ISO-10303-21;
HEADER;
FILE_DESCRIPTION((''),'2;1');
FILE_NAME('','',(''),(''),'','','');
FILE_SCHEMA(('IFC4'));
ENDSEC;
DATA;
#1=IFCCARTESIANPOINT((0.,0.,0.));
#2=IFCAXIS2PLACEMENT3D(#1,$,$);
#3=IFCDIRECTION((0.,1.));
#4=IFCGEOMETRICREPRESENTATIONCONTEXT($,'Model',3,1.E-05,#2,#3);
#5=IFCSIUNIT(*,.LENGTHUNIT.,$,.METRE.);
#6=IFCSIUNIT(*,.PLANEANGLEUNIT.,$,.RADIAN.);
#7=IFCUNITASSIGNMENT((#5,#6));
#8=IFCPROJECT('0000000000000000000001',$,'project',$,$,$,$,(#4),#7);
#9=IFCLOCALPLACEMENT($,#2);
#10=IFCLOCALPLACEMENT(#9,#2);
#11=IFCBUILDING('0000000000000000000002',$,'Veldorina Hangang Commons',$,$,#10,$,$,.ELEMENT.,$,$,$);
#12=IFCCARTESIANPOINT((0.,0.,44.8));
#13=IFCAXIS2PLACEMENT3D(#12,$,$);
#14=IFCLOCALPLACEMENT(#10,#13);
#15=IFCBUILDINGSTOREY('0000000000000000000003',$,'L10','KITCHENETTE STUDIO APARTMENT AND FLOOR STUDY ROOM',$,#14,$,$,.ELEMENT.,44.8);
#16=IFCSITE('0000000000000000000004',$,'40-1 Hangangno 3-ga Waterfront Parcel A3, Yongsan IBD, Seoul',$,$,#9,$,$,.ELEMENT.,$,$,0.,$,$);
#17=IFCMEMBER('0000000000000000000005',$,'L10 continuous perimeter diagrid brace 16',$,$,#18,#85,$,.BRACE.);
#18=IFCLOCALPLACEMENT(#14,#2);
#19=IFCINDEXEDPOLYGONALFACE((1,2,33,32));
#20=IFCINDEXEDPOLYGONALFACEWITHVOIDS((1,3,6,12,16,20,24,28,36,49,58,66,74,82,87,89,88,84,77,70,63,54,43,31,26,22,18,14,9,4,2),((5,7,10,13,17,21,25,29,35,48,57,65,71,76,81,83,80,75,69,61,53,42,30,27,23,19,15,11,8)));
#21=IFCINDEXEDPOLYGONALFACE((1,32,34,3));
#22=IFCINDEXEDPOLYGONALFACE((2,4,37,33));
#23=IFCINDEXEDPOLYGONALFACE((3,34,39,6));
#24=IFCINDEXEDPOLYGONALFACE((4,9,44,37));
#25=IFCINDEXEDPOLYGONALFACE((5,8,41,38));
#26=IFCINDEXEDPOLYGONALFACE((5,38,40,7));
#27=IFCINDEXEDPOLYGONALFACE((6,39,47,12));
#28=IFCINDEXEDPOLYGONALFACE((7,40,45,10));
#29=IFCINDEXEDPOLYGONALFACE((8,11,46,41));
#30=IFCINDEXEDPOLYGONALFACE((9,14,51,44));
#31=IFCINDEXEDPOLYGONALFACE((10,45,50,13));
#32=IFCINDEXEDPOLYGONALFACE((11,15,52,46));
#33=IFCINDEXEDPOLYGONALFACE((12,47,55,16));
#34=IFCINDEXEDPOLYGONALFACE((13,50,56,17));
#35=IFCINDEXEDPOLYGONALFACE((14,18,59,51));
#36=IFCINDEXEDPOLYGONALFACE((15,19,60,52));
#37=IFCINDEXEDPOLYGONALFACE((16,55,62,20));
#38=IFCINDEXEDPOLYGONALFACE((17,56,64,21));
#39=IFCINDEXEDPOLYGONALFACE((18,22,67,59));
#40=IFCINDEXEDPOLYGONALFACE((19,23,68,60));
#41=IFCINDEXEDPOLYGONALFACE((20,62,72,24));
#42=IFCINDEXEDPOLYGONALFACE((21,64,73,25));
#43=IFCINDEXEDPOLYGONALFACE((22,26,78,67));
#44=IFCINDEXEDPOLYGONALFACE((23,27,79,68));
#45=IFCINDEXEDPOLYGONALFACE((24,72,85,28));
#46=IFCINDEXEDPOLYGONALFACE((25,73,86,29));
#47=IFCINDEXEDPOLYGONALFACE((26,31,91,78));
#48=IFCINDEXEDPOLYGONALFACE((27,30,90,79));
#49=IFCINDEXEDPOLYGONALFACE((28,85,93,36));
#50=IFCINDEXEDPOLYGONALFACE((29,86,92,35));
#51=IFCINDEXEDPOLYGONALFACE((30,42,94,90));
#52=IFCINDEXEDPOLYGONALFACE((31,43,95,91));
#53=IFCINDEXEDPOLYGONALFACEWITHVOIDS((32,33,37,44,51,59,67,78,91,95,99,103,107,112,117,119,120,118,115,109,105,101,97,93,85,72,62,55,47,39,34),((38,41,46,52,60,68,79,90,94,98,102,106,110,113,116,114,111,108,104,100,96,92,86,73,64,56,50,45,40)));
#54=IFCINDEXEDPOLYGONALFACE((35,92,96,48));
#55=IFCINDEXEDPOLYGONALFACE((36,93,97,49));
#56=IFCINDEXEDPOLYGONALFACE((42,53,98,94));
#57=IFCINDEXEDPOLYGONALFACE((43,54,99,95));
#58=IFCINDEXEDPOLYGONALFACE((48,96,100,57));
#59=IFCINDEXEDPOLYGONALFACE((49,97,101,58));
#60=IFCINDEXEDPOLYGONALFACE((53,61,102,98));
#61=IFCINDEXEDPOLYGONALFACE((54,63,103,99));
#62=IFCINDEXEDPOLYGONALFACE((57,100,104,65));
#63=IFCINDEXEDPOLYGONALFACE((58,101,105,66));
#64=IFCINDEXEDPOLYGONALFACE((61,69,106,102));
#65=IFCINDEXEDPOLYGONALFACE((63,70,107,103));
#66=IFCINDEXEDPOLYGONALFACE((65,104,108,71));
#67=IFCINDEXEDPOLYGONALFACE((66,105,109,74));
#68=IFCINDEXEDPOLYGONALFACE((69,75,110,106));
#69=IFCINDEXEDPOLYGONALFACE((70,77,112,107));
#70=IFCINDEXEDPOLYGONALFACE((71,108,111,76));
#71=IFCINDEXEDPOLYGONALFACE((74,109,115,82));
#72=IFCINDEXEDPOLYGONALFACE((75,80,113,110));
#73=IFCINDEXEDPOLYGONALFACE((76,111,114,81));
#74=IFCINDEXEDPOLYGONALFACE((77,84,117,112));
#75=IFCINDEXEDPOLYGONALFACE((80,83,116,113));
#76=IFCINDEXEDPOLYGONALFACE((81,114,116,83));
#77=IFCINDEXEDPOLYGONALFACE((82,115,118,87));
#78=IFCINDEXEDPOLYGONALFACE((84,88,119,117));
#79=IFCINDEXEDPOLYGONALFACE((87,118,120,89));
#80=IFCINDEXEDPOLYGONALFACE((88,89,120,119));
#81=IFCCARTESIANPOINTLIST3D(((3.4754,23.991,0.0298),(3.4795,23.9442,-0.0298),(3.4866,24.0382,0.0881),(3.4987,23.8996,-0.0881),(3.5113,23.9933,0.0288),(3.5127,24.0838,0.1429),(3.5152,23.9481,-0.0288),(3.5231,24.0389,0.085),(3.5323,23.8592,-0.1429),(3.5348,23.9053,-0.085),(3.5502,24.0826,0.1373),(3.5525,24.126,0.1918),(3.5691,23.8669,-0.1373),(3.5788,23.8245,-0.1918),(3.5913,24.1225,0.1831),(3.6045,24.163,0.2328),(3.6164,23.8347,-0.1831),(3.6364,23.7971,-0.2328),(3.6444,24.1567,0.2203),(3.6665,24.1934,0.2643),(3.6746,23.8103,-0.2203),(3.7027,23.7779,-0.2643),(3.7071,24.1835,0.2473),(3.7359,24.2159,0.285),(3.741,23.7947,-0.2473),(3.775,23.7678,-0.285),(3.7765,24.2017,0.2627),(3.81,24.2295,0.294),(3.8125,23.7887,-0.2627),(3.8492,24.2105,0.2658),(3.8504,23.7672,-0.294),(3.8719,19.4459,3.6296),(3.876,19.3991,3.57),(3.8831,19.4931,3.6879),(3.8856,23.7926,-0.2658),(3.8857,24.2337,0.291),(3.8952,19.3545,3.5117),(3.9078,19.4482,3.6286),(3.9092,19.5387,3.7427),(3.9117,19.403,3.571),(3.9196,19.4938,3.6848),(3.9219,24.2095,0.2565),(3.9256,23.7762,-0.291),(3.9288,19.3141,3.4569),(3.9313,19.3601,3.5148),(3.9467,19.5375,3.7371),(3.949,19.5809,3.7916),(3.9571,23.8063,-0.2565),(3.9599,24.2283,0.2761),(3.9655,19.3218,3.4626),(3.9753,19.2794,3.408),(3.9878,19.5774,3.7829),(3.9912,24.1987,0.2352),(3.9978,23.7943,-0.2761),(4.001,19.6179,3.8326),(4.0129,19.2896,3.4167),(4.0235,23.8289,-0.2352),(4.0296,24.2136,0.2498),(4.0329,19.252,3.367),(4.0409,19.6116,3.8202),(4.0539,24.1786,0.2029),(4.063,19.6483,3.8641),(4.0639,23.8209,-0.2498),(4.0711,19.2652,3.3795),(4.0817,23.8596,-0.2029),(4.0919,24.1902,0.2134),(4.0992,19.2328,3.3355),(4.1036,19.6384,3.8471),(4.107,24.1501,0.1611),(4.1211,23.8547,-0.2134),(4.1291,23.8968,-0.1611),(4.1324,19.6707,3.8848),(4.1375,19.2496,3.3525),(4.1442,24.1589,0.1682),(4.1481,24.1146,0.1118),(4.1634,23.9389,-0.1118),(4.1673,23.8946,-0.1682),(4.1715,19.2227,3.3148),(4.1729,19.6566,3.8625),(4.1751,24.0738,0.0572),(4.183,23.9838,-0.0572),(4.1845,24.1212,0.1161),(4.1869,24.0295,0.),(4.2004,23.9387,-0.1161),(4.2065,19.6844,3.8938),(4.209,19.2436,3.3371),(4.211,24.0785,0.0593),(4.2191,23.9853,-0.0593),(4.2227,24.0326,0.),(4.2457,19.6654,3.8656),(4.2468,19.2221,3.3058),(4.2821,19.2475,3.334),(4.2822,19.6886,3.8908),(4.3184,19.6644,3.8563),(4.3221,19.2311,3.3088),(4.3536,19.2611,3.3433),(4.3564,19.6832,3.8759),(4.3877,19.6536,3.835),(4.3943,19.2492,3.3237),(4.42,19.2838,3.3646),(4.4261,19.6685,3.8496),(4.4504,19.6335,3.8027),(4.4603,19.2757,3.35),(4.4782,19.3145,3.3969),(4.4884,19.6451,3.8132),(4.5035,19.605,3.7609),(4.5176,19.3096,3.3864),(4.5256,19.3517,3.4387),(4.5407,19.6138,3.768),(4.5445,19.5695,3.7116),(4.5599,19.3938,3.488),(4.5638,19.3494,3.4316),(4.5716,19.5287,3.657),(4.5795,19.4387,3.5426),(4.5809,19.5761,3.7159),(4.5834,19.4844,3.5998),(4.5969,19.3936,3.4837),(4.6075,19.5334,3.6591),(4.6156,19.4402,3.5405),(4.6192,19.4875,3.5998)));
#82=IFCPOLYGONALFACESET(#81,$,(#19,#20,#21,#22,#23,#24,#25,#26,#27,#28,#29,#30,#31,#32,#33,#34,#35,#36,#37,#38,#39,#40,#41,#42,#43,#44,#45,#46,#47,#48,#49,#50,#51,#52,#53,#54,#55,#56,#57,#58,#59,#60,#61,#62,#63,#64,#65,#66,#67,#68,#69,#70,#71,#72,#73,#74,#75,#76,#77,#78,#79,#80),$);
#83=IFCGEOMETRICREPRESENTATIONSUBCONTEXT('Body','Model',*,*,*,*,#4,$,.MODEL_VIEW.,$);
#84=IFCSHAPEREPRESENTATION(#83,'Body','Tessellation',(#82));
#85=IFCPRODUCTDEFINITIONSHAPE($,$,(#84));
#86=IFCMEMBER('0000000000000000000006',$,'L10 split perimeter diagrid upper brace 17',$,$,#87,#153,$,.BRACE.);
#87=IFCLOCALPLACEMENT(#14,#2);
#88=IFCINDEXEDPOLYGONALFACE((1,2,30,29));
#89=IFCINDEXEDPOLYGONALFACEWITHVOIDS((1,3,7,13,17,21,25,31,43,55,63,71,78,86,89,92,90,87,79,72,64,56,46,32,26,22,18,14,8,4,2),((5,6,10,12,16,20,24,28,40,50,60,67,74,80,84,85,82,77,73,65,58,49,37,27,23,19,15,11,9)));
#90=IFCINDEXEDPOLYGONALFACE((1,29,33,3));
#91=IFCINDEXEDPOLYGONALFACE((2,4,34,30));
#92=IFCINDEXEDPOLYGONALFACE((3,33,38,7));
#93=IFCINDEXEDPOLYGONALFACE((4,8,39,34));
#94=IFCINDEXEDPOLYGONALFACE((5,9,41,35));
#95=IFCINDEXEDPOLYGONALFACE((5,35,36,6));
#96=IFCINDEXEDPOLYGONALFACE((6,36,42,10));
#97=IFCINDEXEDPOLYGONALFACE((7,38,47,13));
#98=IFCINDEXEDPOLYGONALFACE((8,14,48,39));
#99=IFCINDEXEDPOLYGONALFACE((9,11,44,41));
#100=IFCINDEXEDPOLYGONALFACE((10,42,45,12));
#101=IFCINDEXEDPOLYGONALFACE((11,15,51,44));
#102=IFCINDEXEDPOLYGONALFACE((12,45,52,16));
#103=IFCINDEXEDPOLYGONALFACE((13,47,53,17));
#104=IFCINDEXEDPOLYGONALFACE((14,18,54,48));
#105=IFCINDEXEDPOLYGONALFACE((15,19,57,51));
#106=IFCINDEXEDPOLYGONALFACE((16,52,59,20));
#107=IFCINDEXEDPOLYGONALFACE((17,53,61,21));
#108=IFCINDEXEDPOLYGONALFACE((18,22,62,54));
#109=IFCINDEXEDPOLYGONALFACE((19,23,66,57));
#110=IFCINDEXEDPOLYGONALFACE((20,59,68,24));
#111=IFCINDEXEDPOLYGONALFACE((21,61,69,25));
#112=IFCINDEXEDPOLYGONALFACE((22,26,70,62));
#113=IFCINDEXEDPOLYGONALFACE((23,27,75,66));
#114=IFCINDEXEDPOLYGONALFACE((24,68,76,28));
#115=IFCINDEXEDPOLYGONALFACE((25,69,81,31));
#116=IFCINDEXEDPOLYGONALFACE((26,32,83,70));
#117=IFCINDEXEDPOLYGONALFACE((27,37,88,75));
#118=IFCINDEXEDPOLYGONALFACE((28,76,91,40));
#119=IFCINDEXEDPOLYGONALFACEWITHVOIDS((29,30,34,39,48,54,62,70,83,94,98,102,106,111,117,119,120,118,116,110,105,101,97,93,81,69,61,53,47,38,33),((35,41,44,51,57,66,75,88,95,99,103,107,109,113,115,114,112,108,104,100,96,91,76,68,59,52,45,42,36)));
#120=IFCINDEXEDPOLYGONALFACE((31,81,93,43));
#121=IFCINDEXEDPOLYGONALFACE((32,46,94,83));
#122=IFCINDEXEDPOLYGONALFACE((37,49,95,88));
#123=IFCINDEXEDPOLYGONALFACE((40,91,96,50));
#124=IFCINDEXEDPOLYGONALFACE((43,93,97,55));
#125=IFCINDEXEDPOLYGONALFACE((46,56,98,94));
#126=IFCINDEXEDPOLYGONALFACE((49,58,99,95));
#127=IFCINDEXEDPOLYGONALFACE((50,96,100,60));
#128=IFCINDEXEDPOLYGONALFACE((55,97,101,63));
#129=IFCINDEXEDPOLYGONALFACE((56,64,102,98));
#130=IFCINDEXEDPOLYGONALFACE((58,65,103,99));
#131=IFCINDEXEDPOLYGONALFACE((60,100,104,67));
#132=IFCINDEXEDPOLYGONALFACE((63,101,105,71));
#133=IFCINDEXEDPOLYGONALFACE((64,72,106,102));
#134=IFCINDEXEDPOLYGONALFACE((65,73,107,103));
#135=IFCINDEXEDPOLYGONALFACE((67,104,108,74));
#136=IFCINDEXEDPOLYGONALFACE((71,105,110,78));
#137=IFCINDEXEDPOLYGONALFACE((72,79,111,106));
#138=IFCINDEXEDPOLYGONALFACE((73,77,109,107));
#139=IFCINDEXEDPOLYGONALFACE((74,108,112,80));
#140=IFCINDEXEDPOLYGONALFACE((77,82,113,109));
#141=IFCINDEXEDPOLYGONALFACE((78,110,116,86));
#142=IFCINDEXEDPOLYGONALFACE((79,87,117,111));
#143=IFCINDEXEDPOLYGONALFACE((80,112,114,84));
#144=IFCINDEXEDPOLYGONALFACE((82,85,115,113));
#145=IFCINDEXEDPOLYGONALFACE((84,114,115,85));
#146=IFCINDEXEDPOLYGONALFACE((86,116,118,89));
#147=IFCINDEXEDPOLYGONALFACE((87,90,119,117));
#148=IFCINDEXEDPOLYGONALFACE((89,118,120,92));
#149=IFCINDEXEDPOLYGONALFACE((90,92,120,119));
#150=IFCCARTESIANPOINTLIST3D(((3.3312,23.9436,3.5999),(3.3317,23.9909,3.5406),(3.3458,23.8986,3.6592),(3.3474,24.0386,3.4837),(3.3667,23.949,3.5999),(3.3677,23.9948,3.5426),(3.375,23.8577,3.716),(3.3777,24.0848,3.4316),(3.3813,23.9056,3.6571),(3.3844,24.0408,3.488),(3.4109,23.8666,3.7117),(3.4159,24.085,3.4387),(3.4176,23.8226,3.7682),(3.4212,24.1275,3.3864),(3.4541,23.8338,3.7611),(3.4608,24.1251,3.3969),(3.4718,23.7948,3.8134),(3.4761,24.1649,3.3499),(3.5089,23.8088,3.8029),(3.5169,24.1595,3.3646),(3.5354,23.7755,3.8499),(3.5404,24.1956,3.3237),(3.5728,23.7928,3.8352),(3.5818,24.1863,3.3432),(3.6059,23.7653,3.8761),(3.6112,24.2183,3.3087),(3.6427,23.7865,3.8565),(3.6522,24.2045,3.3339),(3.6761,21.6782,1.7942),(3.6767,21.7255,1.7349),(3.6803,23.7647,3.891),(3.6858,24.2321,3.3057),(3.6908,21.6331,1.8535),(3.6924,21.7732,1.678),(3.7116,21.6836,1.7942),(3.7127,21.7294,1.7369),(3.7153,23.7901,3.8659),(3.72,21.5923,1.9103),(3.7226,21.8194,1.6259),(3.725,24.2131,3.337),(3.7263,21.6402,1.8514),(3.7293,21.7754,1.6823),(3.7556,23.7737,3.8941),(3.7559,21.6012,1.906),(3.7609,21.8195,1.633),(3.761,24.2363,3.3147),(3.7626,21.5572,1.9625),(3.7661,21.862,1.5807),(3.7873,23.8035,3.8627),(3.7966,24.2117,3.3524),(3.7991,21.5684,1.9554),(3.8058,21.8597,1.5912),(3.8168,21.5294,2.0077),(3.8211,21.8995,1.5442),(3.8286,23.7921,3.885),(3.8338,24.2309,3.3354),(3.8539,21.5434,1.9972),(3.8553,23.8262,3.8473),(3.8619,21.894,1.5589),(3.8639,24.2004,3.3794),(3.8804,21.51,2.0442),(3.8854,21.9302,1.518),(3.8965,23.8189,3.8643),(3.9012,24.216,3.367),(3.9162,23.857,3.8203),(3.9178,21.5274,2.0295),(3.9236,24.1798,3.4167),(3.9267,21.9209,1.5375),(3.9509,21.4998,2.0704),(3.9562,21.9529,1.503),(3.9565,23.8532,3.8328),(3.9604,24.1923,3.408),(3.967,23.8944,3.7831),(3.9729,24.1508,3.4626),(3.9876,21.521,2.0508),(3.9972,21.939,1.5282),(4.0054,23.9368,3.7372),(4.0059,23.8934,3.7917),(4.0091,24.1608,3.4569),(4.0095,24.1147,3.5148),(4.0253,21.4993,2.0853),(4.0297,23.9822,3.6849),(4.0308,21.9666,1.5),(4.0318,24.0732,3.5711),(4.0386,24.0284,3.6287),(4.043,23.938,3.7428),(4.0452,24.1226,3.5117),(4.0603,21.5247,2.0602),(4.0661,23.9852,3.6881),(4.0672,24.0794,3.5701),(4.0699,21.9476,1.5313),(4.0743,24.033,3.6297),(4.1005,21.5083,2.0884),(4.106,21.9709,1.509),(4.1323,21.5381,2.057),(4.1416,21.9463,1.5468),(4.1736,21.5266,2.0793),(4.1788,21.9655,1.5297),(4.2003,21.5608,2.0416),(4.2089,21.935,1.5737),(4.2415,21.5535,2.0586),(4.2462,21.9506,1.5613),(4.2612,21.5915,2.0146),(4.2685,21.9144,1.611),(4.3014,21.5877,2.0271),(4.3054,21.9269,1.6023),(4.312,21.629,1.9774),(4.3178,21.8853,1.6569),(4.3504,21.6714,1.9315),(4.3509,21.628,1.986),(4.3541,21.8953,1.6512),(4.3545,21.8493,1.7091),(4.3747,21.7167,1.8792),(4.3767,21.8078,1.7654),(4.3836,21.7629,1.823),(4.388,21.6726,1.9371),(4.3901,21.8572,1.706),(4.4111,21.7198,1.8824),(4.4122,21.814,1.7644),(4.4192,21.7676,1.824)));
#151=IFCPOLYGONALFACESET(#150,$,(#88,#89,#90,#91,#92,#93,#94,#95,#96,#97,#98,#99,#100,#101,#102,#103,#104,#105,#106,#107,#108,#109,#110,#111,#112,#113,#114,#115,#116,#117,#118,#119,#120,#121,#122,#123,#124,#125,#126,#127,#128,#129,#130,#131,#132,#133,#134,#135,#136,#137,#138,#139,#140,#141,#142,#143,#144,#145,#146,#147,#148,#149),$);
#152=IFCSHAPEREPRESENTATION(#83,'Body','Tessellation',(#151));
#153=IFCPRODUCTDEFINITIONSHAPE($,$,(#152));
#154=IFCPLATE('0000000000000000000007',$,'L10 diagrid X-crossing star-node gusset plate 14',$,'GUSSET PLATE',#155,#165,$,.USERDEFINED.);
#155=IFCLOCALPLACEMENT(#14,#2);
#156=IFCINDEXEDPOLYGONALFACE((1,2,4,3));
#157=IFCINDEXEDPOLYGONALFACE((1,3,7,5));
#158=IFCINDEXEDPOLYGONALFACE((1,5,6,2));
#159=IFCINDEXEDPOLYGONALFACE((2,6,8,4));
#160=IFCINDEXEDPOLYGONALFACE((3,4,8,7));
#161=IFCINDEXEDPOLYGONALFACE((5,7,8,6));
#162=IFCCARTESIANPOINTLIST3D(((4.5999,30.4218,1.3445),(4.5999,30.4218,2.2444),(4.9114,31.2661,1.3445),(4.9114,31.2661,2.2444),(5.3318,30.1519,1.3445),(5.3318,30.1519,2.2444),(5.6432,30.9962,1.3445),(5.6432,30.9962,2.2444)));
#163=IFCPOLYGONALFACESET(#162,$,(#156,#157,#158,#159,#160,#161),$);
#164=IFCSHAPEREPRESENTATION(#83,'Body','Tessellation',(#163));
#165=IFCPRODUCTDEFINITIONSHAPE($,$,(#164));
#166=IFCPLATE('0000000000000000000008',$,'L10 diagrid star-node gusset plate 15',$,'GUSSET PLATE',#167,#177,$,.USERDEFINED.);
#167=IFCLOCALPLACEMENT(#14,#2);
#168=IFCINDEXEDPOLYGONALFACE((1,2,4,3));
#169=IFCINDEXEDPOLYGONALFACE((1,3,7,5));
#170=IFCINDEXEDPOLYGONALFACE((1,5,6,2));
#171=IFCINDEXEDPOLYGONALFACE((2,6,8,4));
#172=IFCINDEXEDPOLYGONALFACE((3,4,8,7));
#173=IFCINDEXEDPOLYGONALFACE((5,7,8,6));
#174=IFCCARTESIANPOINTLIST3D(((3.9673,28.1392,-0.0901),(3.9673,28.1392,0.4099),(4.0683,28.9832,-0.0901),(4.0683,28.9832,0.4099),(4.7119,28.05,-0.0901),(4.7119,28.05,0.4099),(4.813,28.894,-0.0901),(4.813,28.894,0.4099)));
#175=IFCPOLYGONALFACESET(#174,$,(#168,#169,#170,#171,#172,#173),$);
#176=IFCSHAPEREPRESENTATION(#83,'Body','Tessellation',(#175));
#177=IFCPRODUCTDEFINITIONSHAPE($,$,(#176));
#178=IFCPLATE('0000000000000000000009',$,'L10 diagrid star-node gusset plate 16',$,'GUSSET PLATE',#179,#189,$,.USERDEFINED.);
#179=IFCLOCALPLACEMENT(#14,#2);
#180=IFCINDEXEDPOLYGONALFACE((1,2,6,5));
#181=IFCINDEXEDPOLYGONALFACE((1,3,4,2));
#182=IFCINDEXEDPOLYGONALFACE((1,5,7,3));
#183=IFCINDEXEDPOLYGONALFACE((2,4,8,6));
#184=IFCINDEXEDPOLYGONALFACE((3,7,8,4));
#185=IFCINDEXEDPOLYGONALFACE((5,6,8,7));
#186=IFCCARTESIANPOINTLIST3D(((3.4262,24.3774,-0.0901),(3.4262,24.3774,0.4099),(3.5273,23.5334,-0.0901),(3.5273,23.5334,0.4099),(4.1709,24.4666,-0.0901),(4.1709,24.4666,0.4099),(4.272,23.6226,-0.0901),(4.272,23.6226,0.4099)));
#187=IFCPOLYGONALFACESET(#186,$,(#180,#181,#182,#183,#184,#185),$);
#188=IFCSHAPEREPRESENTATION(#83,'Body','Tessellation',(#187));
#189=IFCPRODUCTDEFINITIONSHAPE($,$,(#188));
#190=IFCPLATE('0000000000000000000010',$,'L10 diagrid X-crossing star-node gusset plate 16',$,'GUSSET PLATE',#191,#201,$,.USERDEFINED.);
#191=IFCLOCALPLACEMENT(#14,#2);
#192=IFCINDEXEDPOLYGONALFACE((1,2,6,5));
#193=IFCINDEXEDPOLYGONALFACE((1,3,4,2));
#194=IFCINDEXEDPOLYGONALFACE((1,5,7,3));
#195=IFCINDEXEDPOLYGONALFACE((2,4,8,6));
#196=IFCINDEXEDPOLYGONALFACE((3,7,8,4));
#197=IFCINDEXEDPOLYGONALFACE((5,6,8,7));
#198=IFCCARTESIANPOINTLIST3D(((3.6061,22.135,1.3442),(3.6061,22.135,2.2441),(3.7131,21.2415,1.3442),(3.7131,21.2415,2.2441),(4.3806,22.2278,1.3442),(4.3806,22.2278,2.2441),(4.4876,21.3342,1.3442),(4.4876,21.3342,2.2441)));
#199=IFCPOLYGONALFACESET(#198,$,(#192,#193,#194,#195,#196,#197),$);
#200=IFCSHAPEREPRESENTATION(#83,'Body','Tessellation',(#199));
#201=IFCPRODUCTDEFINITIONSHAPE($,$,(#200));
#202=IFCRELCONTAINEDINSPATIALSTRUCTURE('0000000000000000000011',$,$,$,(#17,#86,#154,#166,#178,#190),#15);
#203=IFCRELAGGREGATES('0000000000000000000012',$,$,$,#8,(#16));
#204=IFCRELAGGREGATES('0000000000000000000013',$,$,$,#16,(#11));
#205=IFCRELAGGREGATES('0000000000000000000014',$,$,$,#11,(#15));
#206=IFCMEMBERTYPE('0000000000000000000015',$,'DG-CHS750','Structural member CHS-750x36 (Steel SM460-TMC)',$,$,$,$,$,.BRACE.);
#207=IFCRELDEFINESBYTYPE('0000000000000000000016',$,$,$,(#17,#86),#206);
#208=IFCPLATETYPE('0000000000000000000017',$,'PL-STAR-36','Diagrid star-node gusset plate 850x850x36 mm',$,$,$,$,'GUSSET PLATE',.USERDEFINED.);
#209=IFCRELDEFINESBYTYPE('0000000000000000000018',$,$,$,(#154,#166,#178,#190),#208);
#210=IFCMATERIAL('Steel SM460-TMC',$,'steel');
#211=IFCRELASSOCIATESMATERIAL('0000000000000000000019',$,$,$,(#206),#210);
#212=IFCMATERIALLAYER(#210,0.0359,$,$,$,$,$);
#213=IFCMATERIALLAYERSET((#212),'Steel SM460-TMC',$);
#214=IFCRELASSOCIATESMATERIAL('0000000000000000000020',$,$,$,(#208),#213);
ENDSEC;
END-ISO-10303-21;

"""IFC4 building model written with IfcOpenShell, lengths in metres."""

from ifc_helpers import new_model, si_unit, direction, frame, origin, origin_2d, place, context, subcontext, project, spatial, rectangle, hollow_circle, extrude, material, layer, layer_set, material_profile, profile_set, type_object, element, save


model = new_model("IFC4")

# Units and contexts
model_context = context("Model", 3, precision=1e-05, world=origin(), true_north=direction((0.0, 1.0)))
body_context = subcontext(model_context, "Body", "Model", "MODEL_VIEW")
ifc_project = project(units=[si_unit("LENGTHUNIT", "METRE"), si_unit("PLANEANGLEUNIT", "RADIAN")], contexts=[model_context])

# Site, building, storey
site_placement = place(None, origin())
site = spatial("IfcSite", under=ifc_project, at=site_placement, Name="40-1 Hangangno 3-ga Waterfront Parcel A3, Yongsan IBD, Seoul", CompositionType="ELEMENT", RefElevation=0.0)
building_placement = place(site_placement, origin())
building = spatial("IfcBuilding", under=site, at=building_placement, Name="Veldorina Hangang Commons", CompositionType="ELEMENT")
storey_placement = place(building_placement, frame((0.0, 0.0, 44.8)))
storey = spatial("IfcBuildingStorey", under=building, at=storey_placement, Name="L10", Description="KITCHENETTE STUDIO APARTMENT AND FLOOR STUDY ROOM", CompositionType="ELEMENT", Elevation=44.8)

# Shared definitions
ifc_material_1 = material(Name="Steel SM460-TMC", Category="steel")

# Members
ifc_material_profile_1 = material_profile(ifc_material_1, hollow_circle(Radius=0.375, WallThickness=0.0359, at=origin_2d()), Name="CHS-750x36")
ifc_profile_set_1 = profile_set([ifc_material_profile_1], Name="Steel SM460-TMC")
member_type = type_object("IfcMemberType", Name="DG-CHS750", Description="Structural member CHS-750x36 (Steel SM460-TMC)", PredefinedType="BRACE", material=ifc_profile_set_1)
member_1_placement = place(storey_placement, frame((3.8491, 24.0, 0.0), z_axis=(0.068223, -0.782085, 0.619426), x_axis=(0.996217, 0.086902, 0.0)))
element("IfcMember", 1, at=member_1_placement, inside=storey, type_object=member_type, Name="L10 continuous perimeter diagrid brace 16", PredefinedType="BRACE", context=body_context, shape_type="SweptSolid", body=[
    extrude(hollow_circle(Radius=0.375, WallThickness=0.0359, at=origin_2d()), origin(), (0.0, 0.0, 1.0), 5.8115),
])
member_2_placement = place(storey_placement, frame((4.0469, 21.7346, 1.7942), z_axis=(-0.118245, 0.7765, 0.618924), x_axis=(-0.988603, -0.150544, 0.0)))
element("IfcMember", 2, at=member_2_placement, inside=storey, type_object=member_type, Name="L10 split perimeter diagrid upper brace 17", PredefinedType="BRACE", context=body_context, shape_type="SweptSolid", body=[
    extrude(hollow_circle(Radius=0.375, WallThickness=0.0359, at=origin_2d()), origin(), (0.0, 0.0, 1.0), 2.9175),
])

# Plates
ifc_layer_1 = layer(ifc_material_1, 0.0359)
ifc_layer_set_1 = layer_set([ifc_layer_1], Name="Steel SM460-TMC")
plate_type = type_object("IfcPlateType", Name="PL-STAR-36", Description="Diagrid star-node gusset plate 850x850x36 mm", ElementType="GUSSET PLATE", PredefinedType="USERDEFINED", material=ifc_layer_set_1)
plate_1_placement = place(storey_placement, frame((5.1216, 30.709, 1.3445), z_axis=(0.0, 0.0, 1.0), x_axis=(-0.346084, -0.938203, 0.0)))
element("IfcPlate", 3, at=plate_1_placement, inside=storey, type_object=plate_type, Name="L10 diagrid X-crossing star-node gusset plate 14", ObjectType="GUSSET PLATE", PredefinedType="USERDEFINED", context=body_context, shape_type="SweptSolid", body=[
    extrude(rectangle(XDim=0.8999, YDim=0.78, at=origin_2d()), origin(), (0.0, 0.0, 1.0), 0.8999),
])
for number, where, z_axis, x_axis, name in (
    (4, (4.3901, 28.5166, -0.0901), (0.0, 0.0, 1.0), (-0.118907, -0.992905, 0.0), "L10 diagrid star-node gusset plate 15"),
    (5, (3.8491, 24.0, -0.0901), (0.0, 0.0, 1.0), (0.118907, -0.992905, 0.0), "L10 diagrid star-node gusset plate 16"),
):
    element("IfcPlate", number, at=place(storey_placement, frame(where, z_axis=z_axis, x_axis=x_axis)), inside=storey, type_object=plate_type, Name=name, ObjectType="GUSSET PLATE", PredefinedType="USERDEFINED", context=body_context, shape_type="SweptSolid", body=[
        extrude(rectangle(XDim=0.8501, YDim=0.75, at=origin_2d()), origin(), (0.0, 0.0, 1.0), 0.5),
    ])
plate_2_placement = place(storey_placement, frame((4.0469, 21.7346, 1.3442), z_axis=(0.0, 0.0, 1.0), x_axis=(0.118907, -0.992905, 0.0)))
element("IfcPlate", 6, at=plate_2_placement, inside=storey, type_object=plate_type, Name="L10 diagrid X-crossing star-node gusset plate 16", ObjectType="GUSSET PLATE", PredefinedType="USERDEFINED", context=body_context, shape_type="SweptSolid", body=[
    extrude(rectangle(XDim=0.8999, YDim=0.78, at=origin_2d()), origin(), (0.0, 0.0, 1.0), 0.8999),
])

save(model, "model.ifc")
